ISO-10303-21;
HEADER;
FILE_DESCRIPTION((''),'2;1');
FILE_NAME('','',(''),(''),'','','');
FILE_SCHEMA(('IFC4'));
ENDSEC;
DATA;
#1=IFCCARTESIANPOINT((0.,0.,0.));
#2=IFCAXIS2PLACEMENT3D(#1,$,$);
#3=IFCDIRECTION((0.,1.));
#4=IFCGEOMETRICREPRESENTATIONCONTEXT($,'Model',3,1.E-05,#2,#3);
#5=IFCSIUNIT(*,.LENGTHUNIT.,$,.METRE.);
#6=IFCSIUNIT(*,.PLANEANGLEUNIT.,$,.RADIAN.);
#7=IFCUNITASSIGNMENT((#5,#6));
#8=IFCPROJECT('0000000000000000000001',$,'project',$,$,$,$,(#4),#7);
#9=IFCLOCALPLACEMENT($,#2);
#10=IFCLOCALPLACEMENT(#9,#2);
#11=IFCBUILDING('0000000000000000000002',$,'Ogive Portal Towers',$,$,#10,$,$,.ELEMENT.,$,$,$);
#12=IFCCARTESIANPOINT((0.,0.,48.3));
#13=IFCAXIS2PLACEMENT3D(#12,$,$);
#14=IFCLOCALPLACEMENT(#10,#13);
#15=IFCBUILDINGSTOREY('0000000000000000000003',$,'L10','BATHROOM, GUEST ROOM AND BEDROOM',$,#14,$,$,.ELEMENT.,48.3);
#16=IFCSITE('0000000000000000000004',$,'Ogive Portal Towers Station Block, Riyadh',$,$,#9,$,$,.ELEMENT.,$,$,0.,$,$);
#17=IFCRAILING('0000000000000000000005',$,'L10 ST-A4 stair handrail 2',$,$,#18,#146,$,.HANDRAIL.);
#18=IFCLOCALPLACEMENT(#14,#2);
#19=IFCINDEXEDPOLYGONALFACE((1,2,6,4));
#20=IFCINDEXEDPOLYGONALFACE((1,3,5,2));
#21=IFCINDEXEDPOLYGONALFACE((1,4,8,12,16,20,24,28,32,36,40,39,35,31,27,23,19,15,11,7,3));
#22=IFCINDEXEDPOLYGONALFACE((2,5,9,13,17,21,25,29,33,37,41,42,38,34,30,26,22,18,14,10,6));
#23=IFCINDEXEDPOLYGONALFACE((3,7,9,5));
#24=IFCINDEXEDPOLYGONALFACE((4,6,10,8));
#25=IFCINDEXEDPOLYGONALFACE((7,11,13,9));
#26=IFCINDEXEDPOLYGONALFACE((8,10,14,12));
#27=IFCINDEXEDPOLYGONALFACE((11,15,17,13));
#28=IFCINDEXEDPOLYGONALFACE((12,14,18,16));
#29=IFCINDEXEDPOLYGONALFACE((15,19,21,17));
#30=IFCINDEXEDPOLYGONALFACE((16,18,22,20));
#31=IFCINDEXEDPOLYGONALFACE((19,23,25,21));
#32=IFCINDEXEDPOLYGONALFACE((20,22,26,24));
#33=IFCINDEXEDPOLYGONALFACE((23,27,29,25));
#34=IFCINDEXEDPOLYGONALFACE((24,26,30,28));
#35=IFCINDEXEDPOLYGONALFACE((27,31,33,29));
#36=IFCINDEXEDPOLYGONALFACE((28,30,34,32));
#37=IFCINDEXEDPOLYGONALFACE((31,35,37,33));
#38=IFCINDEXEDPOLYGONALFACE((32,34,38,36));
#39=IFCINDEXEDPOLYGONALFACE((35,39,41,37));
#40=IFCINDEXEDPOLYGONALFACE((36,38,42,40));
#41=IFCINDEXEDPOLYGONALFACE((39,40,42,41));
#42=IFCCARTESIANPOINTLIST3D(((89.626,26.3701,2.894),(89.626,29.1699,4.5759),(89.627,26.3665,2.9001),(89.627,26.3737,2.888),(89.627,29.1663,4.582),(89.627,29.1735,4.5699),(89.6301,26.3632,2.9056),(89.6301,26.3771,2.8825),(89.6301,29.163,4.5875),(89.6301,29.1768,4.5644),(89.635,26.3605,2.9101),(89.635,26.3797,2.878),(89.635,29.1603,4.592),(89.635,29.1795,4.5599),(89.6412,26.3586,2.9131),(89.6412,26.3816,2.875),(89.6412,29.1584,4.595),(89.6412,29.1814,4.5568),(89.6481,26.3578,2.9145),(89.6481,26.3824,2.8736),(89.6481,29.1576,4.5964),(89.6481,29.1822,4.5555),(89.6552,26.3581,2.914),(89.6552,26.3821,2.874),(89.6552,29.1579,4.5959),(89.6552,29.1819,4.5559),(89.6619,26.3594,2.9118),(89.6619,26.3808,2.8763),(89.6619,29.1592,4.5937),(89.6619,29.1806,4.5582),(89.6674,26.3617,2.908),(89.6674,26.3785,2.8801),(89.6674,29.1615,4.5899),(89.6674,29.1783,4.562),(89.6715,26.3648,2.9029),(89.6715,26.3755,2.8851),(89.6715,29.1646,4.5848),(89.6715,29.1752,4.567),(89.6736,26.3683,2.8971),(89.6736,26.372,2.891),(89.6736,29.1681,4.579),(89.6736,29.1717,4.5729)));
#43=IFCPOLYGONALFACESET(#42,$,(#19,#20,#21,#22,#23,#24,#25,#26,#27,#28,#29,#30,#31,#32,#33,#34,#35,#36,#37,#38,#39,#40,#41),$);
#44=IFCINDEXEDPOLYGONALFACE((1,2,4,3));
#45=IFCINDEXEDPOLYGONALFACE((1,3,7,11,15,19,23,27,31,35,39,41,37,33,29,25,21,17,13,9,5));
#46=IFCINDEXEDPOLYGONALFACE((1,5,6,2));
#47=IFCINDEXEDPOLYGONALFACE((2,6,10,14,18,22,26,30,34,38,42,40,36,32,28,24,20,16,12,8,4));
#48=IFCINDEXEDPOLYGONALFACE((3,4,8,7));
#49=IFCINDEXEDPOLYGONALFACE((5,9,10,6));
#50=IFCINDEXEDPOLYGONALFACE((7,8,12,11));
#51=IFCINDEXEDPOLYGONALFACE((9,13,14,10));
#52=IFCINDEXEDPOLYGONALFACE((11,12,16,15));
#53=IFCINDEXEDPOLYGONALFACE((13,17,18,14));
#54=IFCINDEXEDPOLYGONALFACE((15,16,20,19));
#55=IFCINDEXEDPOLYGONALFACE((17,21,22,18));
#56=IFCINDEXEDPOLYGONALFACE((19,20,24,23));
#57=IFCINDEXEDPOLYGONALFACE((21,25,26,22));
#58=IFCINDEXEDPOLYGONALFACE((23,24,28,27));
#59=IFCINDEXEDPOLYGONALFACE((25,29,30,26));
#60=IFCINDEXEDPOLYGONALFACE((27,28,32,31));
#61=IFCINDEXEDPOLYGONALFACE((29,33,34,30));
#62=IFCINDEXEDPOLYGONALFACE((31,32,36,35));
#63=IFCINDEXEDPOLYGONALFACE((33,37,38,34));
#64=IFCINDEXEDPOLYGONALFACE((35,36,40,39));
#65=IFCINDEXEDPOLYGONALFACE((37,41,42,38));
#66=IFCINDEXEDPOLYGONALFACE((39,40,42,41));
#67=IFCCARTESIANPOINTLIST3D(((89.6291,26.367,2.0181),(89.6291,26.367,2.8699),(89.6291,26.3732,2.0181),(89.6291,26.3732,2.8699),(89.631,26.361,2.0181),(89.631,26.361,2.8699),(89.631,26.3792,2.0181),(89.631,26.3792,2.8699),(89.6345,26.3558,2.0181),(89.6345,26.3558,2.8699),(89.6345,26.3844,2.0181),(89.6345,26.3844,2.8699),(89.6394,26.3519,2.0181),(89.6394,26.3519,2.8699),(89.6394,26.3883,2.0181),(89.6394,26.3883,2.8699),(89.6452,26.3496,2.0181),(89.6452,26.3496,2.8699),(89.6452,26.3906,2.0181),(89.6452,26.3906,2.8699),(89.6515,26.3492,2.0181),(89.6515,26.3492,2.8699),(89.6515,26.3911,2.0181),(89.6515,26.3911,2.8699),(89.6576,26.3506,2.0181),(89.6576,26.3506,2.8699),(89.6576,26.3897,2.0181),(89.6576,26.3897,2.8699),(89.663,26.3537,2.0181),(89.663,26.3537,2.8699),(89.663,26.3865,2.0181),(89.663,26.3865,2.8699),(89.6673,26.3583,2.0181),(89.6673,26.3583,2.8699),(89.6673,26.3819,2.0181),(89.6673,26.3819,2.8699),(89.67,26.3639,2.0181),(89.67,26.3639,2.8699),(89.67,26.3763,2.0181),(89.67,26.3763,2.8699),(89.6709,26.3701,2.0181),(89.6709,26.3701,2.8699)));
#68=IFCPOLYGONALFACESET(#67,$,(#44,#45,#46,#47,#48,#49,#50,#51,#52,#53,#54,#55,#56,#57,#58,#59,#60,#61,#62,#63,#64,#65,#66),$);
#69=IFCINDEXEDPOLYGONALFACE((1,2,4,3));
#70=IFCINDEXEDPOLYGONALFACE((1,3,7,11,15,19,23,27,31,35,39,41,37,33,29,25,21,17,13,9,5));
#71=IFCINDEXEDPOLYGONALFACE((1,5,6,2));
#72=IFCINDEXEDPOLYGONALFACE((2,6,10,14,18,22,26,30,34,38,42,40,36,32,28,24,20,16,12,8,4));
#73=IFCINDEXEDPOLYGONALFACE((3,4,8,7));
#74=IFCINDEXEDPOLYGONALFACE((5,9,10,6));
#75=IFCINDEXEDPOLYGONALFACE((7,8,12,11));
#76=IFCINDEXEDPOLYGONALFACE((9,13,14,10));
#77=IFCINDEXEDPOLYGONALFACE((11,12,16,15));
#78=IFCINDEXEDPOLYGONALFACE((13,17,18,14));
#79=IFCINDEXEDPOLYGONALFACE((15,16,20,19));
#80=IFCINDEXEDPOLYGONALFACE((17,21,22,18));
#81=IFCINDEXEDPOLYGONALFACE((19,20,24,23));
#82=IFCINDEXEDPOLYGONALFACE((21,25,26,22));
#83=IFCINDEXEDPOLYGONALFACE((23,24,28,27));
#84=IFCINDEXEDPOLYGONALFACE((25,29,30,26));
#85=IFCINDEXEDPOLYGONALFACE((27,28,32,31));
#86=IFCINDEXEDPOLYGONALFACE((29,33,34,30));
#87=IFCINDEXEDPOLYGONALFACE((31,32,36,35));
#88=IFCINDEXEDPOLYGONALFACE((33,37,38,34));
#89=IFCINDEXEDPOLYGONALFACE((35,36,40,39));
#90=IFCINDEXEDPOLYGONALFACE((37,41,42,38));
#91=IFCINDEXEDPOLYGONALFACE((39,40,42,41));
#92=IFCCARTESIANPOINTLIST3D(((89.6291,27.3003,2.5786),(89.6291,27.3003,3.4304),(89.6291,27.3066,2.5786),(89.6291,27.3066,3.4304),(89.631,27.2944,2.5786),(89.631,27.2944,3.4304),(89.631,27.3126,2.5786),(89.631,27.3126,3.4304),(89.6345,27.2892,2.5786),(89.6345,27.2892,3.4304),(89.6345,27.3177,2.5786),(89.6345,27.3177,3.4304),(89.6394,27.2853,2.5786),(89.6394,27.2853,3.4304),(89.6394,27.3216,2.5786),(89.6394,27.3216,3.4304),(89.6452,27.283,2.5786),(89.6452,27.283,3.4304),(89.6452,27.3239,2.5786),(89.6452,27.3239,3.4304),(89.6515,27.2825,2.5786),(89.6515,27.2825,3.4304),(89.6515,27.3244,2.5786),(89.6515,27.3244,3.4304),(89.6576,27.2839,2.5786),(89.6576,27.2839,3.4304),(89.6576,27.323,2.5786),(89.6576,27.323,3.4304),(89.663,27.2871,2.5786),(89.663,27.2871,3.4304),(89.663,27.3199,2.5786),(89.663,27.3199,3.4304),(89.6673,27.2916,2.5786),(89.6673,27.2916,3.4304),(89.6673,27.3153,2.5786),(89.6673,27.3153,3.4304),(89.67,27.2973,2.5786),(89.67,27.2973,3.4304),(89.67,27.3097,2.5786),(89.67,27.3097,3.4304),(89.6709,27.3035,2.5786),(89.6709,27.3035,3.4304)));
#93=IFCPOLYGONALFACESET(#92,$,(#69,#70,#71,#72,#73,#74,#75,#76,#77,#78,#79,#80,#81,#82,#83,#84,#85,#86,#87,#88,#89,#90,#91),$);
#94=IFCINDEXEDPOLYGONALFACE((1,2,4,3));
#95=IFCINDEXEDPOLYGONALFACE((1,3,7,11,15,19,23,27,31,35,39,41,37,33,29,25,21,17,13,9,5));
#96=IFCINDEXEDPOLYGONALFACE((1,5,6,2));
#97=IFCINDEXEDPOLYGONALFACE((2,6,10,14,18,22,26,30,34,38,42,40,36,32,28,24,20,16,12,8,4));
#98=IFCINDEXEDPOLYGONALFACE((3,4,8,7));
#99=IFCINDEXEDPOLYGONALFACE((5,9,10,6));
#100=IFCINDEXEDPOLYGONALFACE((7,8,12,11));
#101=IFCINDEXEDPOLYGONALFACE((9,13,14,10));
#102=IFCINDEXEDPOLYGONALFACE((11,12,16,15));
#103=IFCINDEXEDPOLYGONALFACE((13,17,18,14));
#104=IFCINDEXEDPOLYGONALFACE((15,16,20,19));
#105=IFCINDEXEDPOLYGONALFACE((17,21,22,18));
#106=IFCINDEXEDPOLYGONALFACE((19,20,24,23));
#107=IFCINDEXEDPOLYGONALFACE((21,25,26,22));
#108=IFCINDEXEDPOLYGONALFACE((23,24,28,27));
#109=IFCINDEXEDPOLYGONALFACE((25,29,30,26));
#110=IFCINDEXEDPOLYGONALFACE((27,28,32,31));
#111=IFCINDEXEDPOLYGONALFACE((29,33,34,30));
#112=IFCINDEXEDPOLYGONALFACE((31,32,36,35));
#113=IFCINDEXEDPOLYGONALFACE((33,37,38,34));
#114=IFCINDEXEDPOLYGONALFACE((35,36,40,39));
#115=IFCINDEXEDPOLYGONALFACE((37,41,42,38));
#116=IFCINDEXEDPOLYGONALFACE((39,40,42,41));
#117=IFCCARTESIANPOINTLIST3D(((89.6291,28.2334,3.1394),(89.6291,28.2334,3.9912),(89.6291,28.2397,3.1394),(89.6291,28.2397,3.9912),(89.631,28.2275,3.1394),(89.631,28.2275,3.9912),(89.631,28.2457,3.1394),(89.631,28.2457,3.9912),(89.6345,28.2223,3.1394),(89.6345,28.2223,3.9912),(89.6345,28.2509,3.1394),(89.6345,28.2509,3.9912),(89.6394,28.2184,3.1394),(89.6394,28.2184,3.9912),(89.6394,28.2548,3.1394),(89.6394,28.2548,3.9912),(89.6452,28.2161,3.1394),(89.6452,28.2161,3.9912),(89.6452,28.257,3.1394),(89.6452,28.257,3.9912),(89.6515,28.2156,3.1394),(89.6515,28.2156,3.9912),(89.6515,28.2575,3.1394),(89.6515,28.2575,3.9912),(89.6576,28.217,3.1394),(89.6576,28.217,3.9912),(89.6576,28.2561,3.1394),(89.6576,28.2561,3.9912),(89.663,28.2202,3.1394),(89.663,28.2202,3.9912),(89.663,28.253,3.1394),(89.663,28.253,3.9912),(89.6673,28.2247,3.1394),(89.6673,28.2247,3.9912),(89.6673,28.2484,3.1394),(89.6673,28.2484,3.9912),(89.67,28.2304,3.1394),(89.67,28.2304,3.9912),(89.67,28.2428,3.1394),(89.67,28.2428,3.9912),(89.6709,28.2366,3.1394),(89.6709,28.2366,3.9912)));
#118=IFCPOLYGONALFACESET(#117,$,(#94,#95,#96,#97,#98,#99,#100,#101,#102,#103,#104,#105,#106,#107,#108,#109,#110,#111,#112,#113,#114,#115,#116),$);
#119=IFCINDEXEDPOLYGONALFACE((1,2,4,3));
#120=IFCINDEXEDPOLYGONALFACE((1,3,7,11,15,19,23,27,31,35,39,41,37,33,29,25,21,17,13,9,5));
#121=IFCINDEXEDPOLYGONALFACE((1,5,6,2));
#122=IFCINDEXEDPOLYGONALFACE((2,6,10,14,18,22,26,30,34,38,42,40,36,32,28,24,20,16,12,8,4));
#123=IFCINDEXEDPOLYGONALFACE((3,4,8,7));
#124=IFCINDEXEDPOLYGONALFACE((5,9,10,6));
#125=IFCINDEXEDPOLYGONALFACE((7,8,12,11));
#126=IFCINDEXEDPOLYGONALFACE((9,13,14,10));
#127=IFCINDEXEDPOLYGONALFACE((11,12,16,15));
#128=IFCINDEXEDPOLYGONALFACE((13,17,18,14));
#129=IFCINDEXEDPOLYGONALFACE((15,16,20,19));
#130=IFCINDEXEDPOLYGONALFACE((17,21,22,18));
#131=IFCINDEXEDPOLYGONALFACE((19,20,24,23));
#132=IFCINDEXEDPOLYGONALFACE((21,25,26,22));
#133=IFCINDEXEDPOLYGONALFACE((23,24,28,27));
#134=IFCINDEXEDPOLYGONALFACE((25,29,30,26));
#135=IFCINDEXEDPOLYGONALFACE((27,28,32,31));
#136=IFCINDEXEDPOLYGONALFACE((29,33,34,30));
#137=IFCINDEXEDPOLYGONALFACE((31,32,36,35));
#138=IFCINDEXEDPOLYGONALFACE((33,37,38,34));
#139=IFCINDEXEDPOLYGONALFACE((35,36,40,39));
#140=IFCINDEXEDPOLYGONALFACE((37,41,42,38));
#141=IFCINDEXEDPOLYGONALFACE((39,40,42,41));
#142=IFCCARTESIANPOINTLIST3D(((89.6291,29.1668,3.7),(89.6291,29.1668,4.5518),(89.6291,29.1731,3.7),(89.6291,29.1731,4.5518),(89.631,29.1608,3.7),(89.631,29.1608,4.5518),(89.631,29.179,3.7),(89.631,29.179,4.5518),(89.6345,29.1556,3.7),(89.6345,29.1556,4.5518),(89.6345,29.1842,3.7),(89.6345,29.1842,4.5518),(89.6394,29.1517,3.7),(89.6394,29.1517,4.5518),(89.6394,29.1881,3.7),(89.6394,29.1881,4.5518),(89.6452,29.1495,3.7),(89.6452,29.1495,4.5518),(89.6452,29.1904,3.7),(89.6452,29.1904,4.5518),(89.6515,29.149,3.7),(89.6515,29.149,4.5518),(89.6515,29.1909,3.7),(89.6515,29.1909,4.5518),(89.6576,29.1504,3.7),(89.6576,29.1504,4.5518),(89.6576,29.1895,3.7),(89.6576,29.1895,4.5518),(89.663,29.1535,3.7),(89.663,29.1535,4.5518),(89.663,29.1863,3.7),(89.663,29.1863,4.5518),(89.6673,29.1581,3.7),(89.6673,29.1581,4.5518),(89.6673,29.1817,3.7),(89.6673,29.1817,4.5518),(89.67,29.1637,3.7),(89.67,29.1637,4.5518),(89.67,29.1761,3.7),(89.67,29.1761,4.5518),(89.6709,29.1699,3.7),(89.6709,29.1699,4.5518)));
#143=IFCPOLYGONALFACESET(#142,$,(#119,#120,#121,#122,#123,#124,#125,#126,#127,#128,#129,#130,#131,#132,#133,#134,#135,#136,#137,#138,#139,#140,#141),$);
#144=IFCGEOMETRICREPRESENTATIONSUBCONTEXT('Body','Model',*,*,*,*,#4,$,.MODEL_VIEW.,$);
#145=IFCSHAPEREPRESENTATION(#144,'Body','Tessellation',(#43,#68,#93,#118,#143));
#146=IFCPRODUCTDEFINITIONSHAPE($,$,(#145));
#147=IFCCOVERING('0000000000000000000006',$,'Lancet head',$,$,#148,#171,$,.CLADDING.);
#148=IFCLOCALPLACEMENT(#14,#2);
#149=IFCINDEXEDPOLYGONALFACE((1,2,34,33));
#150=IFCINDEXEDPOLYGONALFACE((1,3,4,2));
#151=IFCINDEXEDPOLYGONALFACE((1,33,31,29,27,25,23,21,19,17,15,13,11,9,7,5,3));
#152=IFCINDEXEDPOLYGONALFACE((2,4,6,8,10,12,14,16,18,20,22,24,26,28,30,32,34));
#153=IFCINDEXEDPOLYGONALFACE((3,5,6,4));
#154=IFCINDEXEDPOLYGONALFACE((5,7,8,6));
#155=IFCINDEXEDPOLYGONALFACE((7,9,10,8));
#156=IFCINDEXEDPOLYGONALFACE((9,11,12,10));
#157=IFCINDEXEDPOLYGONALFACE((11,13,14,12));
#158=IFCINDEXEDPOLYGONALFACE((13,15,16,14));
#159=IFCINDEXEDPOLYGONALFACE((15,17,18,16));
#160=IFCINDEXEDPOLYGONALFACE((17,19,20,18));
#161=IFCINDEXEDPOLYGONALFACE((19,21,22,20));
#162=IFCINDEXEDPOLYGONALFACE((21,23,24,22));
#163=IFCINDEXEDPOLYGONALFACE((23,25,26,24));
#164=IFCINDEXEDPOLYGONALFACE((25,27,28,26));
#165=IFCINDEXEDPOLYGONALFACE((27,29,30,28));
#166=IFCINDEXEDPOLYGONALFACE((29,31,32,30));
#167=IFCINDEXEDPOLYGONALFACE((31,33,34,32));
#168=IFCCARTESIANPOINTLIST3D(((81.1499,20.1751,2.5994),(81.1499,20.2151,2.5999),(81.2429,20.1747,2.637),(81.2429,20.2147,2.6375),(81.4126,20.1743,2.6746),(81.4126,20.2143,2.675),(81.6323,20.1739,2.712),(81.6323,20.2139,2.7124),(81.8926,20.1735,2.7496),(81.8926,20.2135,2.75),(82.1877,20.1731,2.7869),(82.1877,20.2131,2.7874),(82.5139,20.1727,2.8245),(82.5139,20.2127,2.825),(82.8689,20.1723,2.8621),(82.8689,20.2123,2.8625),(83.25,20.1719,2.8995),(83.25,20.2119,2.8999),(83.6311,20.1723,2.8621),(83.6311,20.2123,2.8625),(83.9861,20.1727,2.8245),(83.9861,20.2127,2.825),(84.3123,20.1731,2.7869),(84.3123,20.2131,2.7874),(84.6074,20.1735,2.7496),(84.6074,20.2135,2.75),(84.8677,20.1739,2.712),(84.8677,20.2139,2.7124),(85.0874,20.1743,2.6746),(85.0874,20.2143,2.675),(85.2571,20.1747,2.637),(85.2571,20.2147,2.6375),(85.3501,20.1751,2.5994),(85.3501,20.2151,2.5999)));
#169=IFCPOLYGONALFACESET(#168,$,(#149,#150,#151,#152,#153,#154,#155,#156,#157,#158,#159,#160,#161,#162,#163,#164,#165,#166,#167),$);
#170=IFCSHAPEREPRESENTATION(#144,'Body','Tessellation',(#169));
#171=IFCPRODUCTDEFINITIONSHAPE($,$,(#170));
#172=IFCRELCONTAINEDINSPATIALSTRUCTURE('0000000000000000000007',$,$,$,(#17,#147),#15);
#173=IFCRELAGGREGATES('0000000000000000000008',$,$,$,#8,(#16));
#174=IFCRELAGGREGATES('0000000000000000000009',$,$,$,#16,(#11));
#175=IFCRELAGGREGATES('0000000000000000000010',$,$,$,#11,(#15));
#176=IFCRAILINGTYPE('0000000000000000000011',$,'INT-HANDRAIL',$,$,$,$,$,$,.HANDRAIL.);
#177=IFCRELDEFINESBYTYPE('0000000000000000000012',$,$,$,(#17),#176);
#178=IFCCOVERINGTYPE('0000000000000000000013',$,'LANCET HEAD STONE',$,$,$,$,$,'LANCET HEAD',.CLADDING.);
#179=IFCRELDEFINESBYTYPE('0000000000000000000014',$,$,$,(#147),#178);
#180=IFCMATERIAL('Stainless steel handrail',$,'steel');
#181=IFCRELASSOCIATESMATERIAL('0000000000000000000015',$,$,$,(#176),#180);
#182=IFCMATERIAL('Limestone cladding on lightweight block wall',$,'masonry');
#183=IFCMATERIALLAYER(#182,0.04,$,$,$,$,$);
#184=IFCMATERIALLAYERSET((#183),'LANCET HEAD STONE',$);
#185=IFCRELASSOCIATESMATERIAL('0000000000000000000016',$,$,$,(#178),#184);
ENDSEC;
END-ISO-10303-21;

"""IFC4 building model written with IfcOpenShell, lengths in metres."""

from ifc_helpers import new_model, si_unit, direction, frame, origin, origin_2d, place, context, subcontext, project, spatial, polyline, circle, outline, extrude, material, layer, layer_set, type_object, element, save


model = new_model("IFC4")

# Units and contexts
model_context = context("Model", 3, precision=1e-05, world=origin(), true_north=direction((0.0, 1.0)))
body_context = subcontext(model_context, "Body", "Model", "MODEL_VIEW")
ifc_project = project(units=[si_unit("LENGTHUNIT", "METRE"), si_unit("PLANEANGLEUNIT", "RADIAN")], contexts=[model_context])

# Site, building, storey
site_placement = place(None, origin())
site = spatial("IfcSite", under=ifc_project, at=site_placement, Name="Ogive Portal Towers Station Block, Riyadh", CompositionType="ELEMENT", RefElevation=0.0)
building_placement = place(site_placement, origin())
building = spatial("IfcBuilding", under=site, at=building_placement, Name="Ogive Portal Towers", CompositionType="ELEMENT")
storey_placement = place(building_placement, frame((0.0, 0.0, 48.3)))
storey = spatial("IfcBuildingStorey", under=building, at=storey_placement, Name="L10", Description="BATHROOM, GUEST ROOM AND BEDROOM", CompositionType="ELEMENT", Elevation=48.3)

# Railing
ifc_material_1 = material(Name="Stainless steel handrail", Category="steel")
railing_type_1 = type_object("IfcRailingType", Name="INT-HANDRAIL", PredefinedType="HANDRAIL", material=ifc_material_1)
railing_1_placement = place(storey_placement, frame((89.6499, 26.3701, 2.0181)))
element("IfcRailing", 1, at=railing_1_placement, inside=storey, type_object=railing_type_1, Name="L10 ST-A4 stair handrail 2", PredefinedType="HANDRAIL", context=body_context, shape_type="SweptSolid", body=[
    extrude(circle(Radius=0.0239, at=origin_2d()), frame((0.0, 0.0, 0.876), z_axis=(0.0, 0.857222, 0.514946), x_axis=(-1.0, 0.0, 0.0)), (0.0, 0.0, 1.0), 3.2661),
    extrude(circle(Radius=0.021, at=origin_2d()), origin(), (0.0, 0.0, 1.0), 0.8518),
    extrude(circle(Radius=0.021, at=origin_2d()), frame((0.0, 0.9333, 0.5605)), (0.0, 0.0, 1.0), 0.8518),
    extrude(circle(Radius=0.021, at=origin_2d()), frame((0.0, 1.8665, 1.1213)), (0.0, 0.0, 1.0), 0.8518),
    extrude(circle(Radius=0.021, at=origin_2d()), frame((0.0, 2.7998, 1.6819)), (0.0, 0.0, 1.0), 0.8518),
])

# Covering
ifc_material_2 = material(Name="Limestone cladding on lightweight block wall", Category="masonry")
ifc_layer_1 = layer(ifc_material_2, 0.04)
ifc_layer_set_1 = layer_set([ifc_layer_1], Name="LANCET HEAD STONE")
covering_type = type_object("IfcCoveringType", Name="LANCET HEAD STONE", ElementType="LANCET HEAD", PredefinedType="CLADDING", material=ifc_layer_set_1)
covering_placement = place(storey_placement, frame((81.1499, 20.2151, 2.5999), z_axis=(0.0, 0.999944, 0.010623), x_axis=(1.0, 0.0, 0.0)))
element("IfcCovering", 2, at=covering_placement, inside=storey, type_object=covering_type, Name="Lancet head", PredefinedType="CLADDING", context=body_context, shape_type="SweptSolid", body=[
    extrude(outline(polyline([(0.0, 0.0), (4.2002, 0.0), (4.1072, -0.0376), (3.9375, -0.0752), (3.7178, -0.1126), (3.4575, -0.1502), (3.1624, -0.1875), (2.8362, -0.2251), (2.4812, -0.2627), (2.1001, -0.3001), (1.719, -0.2627), (1.364, -0.2251), (1.0378, -0.1875), (0.7427, -0.1502), (0.4824, -0.1126), (0.2627, -0.0752), (0.093, -0.0376), (0.0, 0.0)])), origin(), (0.0, 0.0, -1.0), 0.04),
])

save(model, "model.ifc")
